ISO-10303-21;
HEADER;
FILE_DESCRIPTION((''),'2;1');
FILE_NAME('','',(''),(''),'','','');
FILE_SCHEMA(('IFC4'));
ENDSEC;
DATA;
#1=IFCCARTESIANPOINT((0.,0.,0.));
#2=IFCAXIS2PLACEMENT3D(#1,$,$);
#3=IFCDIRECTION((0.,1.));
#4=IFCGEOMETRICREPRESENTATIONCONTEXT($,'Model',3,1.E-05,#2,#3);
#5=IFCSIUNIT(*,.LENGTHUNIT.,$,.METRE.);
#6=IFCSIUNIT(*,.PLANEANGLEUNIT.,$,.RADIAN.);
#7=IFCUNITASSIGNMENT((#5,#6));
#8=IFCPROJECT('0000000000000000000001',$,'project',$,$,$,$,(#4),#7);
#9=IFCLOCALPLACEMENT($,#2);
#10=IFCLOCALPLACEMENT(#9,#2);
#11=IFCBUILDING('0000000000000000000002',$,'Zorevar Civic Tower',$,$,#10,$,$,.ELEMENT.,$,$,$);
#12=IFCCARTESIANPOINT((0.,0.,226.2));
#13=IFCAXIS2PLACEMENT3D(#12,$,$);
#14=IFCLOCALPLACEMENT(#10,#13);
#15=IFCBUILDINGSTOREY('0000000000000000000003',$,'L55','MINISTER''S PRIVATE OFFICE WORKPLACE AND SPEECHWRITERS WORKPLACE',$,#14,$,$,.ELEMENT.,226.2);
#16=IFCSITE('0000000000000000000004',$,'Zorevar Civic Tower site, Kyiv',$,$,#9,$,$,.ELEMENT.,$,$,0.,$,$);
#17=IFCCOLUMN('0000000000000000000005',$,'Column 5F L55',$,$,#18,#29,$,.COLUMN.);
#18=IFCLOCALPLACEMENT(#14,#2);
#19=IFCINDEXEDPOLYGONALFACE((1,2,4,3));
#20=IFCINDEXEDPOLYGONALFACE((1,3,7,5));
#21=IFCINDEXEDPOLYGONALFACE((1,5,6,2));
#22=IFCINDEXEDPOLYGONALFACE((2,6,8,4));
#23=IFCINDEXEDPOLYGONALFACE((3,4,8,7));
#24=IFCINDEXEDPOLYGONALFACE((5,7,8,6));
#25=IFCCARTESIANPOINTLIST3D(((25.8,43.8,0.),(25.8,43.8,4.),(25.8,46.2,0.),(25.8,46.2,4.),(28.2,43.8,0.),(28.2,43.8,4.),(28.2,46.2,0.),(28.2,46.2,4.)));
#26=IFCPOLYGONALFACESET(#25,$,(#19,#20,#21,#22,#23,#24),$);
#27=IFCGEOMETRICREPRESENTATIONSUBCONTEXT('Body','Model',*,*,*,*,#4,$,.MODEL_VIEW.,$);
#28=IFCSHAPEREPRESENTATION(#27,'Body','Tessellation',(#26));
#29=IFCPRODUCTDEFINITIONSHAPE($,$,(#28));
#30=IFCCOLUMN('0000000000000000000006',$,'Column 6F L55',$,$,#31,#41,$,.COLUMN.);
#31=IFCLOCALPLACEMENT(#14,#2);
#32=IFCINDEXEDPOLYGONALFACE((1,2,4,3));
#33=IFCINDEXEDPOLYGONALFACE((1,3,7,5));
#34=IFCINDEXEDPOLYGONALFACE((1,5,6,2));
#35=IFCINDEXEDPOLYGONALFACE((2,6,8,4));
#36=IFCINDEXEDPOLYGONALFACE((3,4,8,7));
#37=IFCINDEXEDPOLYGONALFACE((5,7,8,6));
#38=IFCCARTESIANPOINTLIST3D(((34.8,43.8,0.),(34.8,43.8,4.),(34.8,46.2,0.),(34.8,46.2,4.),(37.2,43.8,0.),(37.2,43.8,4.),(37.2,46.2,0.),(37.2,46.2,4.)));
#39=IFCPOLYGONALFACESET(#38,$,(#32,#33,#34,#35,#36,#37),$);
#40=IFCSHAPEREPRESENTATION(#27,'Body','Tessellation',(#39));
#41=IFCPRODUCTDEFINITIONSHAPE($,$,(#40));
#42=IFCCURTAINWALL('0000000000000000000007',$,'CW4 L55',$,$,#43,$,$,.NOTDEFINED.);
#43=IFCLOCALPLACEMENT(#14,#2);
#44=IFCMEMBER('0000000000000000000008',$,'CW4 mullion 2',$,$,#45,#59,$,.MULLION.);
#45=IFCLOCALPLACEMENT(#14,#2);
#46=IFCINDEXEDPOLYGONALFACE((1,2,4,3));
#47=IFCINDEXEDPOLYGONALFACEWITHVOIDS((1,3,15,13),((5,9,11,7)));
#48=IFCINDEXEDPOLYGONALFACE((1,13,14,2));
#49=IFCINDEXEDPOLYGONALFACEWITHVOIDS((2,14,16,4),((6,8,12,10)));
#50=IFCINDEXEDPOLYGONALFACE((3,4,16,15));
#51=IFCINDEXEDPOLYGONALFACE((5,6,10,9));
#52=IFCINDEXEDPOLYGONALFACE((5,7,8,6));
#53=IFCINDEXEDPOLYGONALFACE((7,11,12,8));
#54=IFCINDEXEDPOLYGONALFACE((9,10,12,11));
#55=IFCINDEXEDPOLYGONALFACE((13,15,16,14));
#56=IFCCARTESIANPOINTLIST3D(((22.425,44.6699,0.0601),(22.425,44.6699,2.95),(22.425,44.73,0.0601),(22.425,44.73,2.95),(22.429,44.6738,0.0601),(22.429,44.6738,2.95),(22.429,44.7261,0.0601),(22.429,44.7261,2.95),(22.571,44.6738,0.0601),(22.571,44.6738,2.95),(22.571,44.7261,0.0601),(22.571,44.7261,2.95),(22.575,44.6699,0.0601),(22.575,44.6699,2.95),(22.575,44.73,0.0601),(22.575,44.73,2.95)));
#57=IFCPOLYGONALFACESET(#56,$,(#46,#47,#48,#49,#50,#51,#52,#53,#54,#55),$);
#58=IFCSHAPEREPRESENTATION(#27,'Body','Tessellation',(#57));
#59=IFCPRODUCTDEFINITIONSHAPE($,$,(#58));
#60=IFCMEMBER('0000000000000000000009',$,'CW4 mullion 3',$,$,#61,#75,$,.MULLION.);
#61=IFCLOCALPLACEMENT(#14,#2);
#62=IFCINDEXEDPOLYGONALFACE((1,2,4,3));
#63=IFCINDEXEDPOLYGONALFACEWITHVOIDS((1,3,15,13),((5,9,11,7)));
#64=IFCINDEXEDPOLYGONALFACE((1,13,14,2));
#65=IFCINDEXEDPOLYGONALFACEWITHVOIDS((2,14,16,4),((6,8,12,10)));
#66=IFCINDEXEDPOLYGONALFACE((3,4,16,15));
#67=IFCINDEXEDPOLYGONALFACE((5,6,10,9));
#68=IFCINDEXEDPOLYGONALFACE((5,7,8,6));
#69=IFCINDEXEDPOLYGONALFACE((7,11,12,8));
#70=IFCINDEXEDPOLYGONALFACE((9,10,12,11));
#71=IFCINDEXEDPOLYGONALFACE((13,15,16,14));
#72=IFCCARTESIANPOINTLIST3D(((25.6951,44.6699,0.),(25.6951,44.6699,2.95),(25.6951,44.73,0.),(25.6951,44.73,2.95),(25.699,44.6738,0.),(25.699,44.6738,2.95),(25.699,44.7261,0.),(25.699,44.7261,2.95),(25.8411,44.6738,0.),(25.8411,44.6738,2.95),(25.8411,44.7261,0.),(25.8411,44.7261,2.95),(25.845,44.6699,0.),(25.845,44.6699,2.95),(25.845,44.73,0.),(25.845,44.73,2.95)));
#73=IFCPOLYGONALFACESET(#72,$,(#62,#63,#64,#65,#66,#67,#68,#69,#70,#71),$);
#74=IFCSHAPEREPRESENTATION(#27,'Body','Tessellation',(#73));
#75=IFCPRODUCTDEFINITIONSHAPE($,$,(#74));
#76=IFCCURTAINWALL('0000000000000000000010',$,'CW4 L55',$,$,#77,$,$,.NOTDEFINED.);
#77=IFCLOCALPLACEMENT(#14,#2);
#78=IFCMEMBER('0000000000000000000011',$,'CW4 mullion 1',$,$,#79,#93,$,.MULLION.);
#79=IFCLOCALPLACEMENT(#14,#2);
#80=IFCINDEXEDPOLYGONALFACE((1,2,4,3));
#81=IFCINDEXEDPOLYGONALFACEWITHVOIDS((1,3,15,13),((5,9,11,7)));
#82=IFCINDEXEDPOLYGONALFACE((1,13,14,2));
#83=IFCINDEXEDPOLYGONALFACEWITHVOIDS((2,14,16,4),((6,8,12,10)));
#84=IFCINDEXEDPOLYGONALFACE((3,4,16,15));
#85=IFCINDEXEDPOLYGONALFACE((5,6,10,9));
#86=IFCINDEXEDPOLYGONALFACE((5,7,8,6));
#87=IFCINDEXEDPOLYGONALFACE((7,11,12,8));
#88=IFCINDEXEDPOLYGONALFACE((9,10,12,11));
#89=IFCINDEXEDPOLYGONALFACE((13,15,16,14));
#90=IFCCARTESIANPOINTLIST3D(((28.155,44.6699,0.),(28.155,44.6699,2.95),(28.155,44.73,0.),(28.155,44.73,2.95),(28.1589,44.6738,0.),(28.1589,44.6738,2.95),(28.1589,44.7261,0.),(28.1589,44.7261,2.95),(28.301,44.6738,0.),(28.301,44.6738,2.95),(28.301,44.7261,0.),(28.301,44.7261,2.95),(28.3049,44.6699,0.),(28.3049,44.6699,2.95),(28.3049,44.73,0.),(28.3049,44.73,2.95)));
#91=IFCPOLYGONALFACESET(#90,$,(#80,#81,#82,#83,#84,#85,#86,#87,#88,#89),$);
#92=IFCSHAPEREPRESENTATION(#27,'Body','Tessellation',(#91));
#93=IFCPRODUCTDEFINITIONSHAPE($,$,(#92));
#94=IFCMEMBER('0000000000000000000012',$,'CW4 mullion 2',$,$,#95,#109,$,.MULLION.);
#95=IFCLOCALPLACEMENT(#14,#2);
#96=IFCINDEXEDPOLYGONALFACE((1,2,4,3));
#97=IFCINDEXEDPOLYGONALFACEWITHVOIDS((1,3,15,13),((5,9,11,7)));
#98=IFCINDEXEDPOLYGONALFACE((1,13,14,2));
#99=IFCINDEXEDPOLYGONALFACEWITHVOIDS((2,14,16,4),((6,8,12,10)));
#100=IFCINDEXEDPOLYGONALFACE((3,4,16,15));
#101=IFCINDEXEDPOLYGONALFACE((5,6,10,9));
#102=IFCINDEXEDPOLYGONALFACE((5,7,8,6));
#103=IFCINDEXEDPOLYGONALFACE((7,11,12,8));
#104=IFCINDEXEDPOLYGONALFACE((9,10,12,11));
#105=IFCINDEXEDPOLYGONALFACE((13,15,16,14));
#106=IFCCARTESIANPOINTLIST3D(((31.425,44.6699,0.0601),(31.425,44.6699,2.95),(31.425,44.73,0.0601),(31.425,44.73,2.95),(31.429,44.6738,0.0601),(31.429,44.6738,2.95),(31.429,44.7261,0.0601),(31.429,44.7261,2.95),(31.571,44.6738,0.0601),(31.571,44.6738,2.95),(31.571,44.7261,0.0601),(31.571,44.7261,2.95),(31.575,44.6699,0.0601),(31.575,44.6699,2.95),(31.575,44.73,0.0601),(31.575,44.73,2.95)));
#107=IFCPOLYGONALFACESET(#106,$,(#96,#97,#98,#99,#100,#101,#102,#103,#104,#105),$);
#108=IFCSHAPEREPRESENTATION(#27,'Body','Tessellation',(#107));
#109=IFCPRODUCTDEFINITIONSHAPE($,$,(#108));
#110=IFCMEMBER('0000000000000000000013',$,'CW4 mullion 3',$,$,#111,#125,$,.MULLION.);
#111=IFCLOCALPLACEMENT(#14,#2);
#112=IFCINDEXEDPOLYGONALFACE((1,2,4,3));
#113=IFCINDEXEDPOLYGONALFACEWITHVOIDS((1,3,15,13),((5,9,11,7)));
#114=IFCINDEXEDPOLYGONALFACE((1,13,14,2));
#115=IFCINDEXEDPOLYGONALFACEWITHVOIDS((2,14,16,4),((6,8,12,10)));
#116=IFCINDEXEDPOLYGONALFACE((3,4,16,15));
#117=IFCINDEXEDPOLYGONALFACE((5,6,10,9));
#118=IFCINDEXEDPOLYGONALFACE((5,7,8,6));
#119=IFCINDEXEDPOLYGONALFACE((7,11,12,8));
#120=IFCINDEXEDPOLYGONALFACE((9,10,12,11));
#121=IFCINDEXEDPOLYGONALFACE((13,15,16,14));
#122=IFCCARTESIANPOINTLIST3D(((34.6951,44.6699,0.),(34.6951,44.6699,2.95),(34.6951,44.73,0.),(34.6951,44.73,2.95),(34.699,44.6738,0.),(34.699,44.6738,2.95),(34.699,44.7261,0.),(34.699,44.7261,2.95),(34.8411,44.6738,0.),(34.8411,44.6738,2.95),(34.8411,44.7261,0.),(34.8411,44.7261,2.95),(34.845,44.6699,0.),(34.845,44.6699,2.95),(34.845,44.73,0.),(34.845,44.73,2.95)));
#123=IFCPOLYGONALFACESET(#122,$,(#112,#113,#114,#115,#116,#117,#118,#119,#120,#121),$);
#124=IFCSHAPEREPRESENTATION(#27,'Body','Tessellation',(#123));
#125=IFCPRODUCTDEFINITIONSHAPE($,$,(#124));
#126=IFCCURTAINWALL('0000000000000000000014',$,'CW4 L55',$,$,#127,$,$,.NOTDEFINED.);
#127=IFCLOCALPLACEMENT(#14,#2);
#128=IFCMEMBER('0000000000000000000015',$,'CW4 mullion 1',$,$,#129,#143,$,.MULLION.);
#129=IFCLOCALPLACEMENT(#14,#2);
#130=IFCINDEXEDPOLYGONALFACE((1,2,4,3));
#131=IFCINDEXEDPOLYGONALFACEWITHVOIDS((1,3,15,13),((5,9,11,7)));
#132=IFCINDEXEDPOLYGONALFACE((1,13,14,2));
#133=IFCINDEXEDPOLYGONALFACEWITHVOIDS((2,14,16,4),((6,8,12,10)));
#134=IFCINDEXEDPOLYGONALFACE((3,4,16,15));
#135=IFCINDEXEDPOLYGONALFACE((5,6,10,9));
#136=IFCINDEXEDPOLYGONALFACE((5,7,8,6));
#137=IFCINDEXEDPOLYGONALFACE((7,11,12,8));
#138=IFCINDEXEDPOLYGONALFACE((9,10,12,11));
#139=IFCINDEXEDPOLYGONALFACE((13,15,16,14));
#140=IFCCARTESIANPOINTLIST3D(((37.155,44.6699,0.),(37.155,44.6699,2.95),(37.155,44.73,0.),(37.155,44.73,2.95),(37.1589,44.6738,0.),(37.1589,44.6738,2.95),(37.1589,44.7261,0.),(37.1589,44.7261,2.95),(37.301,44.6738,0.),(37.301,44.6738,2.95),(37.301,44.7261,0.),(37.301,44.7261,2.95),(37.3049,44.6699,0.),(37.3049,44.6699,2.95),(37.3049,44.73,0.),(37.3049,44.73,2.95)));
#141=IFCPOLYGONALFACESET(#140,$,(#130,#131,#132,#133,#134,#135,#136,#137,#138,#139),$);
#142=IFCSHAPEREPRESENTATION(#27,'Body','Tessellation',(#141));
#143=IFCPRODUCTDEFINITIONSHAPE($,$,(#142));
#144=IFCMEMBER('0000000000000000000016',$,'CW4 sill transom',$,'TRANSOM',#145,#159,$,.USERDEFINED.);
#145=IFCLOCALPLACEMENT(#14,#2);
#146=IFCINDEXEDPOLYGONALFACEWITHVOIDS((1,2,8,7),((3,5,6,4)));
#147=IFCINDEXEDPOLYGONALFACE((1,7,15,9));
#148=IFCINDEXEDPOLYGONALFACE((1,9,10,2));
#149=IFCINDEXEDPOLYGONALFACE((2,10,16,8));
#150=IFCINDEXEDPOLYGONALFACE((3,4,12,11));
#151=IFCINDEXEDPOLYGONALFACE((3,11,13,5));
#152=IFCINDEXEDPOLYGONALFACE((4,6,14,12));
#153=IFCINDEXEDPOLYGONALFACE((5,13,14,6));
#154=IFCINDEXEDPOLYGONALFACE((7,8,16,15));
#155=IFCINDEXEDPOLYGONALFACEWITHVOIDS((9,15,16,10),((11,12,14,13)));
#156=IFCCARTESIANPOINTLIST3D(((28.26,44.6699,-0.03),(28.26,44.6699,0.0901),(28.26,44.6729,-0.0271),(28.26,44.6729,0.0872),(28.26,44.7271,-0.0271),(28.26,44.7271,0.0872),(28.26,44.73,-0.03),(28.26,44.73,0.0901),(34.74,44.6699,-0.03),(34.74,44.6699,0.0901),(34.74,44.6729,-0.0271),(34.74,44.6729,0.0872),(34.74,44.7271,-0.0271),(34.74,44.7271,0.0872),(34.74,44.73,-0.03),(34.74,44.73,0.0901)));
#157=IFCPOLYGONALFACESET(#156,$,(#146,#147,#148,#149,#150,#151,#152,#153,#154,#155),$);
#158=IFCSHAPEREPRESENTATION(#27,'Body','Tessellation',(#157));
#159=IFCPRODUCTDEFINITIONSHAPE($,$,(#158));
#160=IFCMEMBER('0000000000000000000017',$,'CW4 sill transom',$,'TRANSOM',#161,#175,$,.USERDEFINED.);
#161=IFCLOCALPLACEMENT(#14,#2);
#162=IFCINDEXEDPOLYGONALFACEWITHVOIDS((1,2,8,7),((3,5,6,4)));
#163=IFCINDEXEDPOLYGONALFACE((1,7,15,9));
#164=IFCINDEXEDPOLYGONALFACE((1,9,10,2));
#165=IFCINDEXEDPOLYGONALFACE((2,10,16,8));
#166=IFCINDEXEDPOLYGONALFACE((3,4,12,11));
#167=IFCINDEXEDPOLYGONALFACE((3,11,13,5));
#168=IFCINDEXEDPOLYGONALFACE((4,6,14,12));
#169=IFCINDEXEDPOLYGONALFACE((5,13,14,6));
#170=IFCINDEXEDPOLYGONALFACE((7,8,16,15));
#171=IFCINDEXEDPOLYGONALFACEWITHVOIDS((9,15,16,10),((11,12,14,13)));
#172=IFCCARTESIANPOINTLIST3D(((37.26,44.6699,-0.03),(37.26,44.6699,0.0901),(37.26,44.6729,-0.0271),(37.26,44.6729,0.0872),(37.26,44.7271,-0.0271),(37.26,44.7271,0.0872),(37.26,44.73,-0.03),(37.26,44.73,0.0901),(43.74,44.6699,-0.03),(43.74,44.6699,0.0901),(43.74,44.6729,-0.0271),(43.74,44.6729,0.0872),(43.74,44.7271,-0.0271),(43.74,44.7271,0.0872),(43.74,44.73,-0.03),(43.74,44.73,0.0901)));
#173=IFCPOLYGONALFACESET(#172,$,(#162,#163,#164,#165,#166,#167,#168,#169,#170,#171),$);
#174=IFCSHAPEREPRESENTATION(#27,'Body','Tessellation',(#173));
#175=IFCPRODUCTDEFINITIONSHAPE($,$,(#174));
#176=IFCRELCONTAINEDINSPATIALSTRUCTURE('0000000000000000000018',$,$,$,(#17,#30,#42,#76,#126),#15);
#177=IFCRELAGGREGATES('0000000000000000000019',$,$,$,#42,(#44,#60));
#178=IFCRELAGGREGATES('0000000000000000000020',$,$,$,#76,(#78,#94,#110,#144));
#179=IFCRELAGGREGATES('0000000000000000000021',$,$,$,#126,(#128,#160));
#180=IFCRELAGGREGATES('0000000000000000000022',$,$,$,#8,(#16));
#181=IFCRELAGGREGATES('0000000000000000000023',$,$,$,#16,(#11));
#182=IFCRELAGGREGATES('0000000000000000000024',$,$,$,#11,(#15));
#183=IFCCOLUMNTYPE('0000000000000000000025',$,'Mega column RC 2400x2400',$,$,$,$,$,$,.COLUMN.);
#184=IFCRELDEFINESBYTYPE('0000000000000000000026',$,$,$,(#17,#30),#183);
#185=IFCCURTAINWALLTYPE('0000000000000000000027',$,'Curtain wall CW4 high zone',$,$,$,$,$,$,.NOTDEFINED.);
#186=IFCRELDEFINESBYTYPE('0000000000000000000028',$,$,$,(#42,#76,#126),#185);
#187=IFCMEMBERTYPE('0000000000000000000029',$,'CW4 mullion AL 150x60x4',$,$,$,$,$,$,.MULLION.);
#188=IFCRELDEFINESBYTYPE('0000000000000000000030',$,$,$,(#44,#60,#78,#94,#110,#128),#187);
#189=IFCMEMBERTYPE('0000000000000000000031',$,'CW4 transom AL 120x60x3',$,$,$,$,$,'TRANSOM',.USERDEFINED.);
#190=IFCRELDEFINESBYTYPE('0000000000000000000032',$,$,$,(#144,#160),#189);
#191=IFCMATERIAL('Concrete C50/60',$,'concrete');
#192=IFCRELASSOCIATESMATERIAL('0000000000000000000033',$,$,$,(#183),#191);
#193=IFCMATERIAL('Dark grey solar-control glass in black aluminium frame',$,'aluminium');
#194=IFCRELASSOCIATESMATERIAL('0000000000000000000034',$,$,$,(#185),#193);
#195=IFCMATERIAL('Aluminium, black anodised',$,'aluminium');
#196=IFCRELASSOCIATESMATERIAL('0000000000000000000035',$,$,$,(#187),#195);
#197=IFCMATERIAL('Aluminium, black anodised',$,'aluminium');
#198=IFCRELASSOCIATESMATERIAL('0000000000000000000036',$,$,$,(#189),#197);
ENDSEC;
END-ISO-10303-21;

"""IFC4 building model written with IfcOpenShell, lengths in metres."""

from ifc_helpers import new_model, si_unit, direction, frame, origin, origin_2d, place, context, subcontext, project, spatial, rectangle, hollow_rectangle, extrude, material, material_profile, profile_set, type_object, element, aggregate, save


model = new_model("IFC4")

# Units and contexts
model_context = context("Model", 3, precision=1e-05, world=origin(), true_north=direction((0.0, 1.0)))
body_context = subcontext(model_context, "Body", "Model", "MODEL_VIEW")
ifc_project = project(units=[si_unit("LENGTHUNIT", "METRE"), si_unit("PLANEANGLEUNIT", "RADIAN")], contexts=[model_context])

# Site, building, storey
site_placement = place(None, origin())
site = spatial("IfcSite", under=ifc_project, at=site_placement, Name="Zorevar Civic Tower site, Kyiv", CompositionType="ELEMENT", RefElevation=0.0)
building_placement = place(site_placement, origin())
building = spatial("IfcBuilding", under=site, at=building_placement, Name="Zorevar Civic Tower", CompositionType="ELEMENT")
storey_placement = place(building_placement, frame((0.0, 0.0, 226.2)))
storey = spatial("IfcBuildingStorey", under=building, at=storey_placement, Name="L55", Description="MINISTER'S PRIVATE OFFICE WORKPLACE AND SPEECHWRITERS WORKPLACE", CompositionType="ELEMENT", Elevation=226.2)

# Columns
ifc_material_1 = material(Name="Concrete C50/60", Category="concrete")
ifc_material_profile_1 = material_profile(ifc_material_1, rectangle(XDim=2.3999, YDim=2.3999, at=origin_2d()), Name="RC 2400x2400")
ifc_profile_set_1 = profile_set([ifc_material_profile_1], Name="Concrete C50/60")
column_type = type_object("IfcColumnType", Name="Mega column RC 2400x2400", PredefinedType="COLUMN", material=ifc_profile_set_1)
for number, where, z_axis, x_axis, name in (
    (1, (27.0, 45.0, 0.0), (0.0, 0.0, 1.0), (1.0, 0.0, 0.0), "Column 5F L55"),
    (2, (36.0, 45.0, 0.0), (0.0, 0.0, 1.0), (1.0, 0.0, 0.0), "Column 6F L55"),
):
    element("IfcColumn", number, at=place(storey_placement, frame(where, z_axis=z_axis, x_axis=x_axis)), inside=storey, type_object=column_type, Name=name, PredefinedType="COLUMN", context=body_context, shape_type="SweptSolid", body=[
        extrude(rectangle(XDim=2.3999, YDim=2.3999, at=origin_2d()), origin(), (0.0, 0.0, 1.0), 4.0),
    ])

# Curtain walls, members
ifc_material_2 = material(Name="Dark grey solar-control glass in black aluminium frame", Category="aluminium")
curtain_wall_type = type_object("IfcCurtainWallType", Name="Curtain wall CW4 high zone", PredefinedType="NOTDEFINED", material=ifc_material_2)
curtain_wall_1_placement = place(storey_placement, origin())
curtain_wall_1 = element("IfcCurtainWall", 3, at=curtain_wall_1_placement, inside=storey, type_object=curtain_wall_type, Name="CW4 L55", PredefinedType="NOTDEFINED")
ifc_material_3 = material(Name="Aluminium, black anodised", Category="aluminium")
ifc_material_profile_2 = material_profile(ifc_material_3, hollow_rectangle(XDim=0.0601, YDim=0.1499, WallThickness=0.0039, at=origin_2d()), Name="AL 150x60x4")
ifc_profile_set_2 = profile_set([ifc_material_profile_2], Name="Aluminium, black anodised")
member_type_1 = type_object("IfcMemberType", Name="CW4 mullion AL 150x60x4", PredefinedType="MULLION", material=ifc_profile_set_2)
member_1_placement = place(storey_placement, frame((22.5, 44.7, 0.0601), z_axis=(0.0, 0.0, 1.0), x_axis=(0.0, 1.0, 0.0)))
member_1 = element("IfcMember", 4, at=member_1_placement, type_object=member_type_1, Name="CW4 mullion 2", PredefinedType="MULLION", context=body_context, shape_type="SweptSolid", body=[
    extrude(hollow_rectangle(XDim=0.0601, YDim=0.1499, WallThickness=0.0039, at=origin_2d()), origin(), (0.0, 0.0, 1.0), 2.8899),
])
member_2_placement = place(storey_placement, frame((25.77, 44.7, 0.0), z_axis=(0.0, 0.0, 1.0), x_axis=(0.0, 1.0, 0.0)))
member_2 = element("IfcMember", 5, at=member_2_placement, type_object=member_type_1, Name="CW4 mullion 3", PredefinedType="MULLION", context=body_context, shape_type="SweptSolid", body=[
    extrude(hollow_rectangle(XDim=0.0601, YDim=0.1499, WallThickness=0.0039, at=origin_2d()), origin(), (0.0, 0.0, 1.0), 2.95),
])
curtain_wall_2_placement = place(storey_placement, origin())
curtain_wall_2 = element("IfcCurtainWall", 6, at=curtain_wall_2_placement, inside=storey, type_object=curtain_wall_type, Name="CW4 L55", PredefinedType="NOTDEFINED")
member_3_placement = place(storey_placement, frame((28.23, 44.7, 0.0), z_axis=(0.0, 0.0, 1.0), x_axis=(0.0, 1.0, 0.0)))
member_3 = element("IfcMember", 7, at=member_3_placement, type_object=member_type_1, Name="CW4 mullion 1", PredefinedType="MULLION", context=body_context, shape_type="SweptSolid", body=[
    extrude(hollow_rectangle(XDim=0.0601, YDim=0.1499, WallThickness=0.0039, at=origin_2d()), origin(), (0.0, 0.0, 1.0), 2.95),
])
member_4_placement = place(storey_placement, frame((31.5, 44.7, 0.0601), z_axis=(0.0, 0.0, 1.0), x_axis=(0.0, 1.0, 0.0)))
member_4 = element("IfcMember", 8, at=member_4_placement, type_object=member_type_1, Name="CW4 mullion 2", PredefinedType="MULLION", context=body_context, shape_type="SweptSolid", body=[
    extrude(hollow_rectangle(XDim=0.0601, YDim=0.1499, WallThickness=0.0039, at=origin_2d()), origin(), (0.0, 0.0, 1.0), 2.8899),
])
member_5_placement = place(storey_placement, frame((34.77, 44.7, 0.0), z_axis=(0.0, 0.0, 1.0), x_axis=(0.0, 1.0, 0.0)))
member_5 = element("IfcMember", 9, at=member_5_placement, type_object=member_type_1, Name="CW4 mullion 3", PredefinedType="MULLION", context=body_context, shape_type="SweptSolid", body=[
    extrude(hollow_rectangle(XDim=0.0601, YDim=0.1499, WallThickness=0.0039, at=origin_2d()), origin(), (0.0, 0.0, 1.0), 2.95),
])

# Curtain wall, member
curtain_wall_3_placement = place(storey_placement, origin())
curtain_wall_3 = element("IfcCurtainWall", 10, at=curtain_wall_3_placement, inside=storey, type_object=curtain_wall_type, Name="CW4 L55", PredefinedType="NOTDEFINED")
member_6_placement = place(storey_placement, frame((37.23, 44.7, 0.0), z_axis=(0.0, 0.0, 1.0), x_axis=(0.0, 1.0, 0.0)))
member_6 = element("IfcMember", 11, at=member_6_placement, type_object=member_type_1, Name="CW4 mullion 1", PredefinedType="MULLION", context=body_context, shape_type="SweptSolid", body=[
    extrude(hollow_rectangle(XDim=0.0601, YDim=0.1499, WallThickness=0.0039, at=origin_2d()), origin(), (0.0, 0.0, 1.0), 2.95),
])

# Members
ifc_material_4 = material(Name="Aluminium, black anodised", Category="aluminium")
ifc_material_profile_3 = material_profile(ifc_material_4, hollow_rectangle(XDim=0.0601, YDim=0.1201, WallThickness=0.0029, at=origin_2d()), Name="AL 120x60x3")
ifc_profile_set_3 = profile_set([ifc_material_profile_3], Name="Aluminium, black anodised")
member_type_2 = type_object("IfcMemberType", Name="CW4 transom AL 120x60x3", ElementType="TRANSOM", PredefinedType="USERDEFINED", material=ifc_profile_set_3)
member_7_placement = place(storey_placement, frame((28.26, 44.7, 0.03), z_axis=(1.0, 0.0, 0.0), x_axis=(0.0, 1.0, 0.0)))
member_7 = element("IfcMember", 12, at=member_7_placement, type_object=member_type_2, Name="CW4 sill transom", ObjectType="TRANSOM", PredefinedType="USERDEFINED", context=body_context, shape_type="SweptSolid", body=[
    extrude(hollow_rectangle(XDim=0.0601, YDim=0.1201, WallThickness=0.0029, at=origin_2d()), origin(), (0.0, 0.0, 1.0), 6.48),
])
member_8_placement = place(storey_placement, frame((37.26, 44.7, 0.03), z_axis=(1.0, 0.0, 0.0), x_axis=(0.0, 1.0, 0.0)))
member_8 = element("IfcMember", 13, at=member_8_placement, type_object=member_type_2, Name="CW4 sill transom", ObjectType="TRANSOM", PredefinedType="USERDEFINED", context=body_context, shape_type="SweptSolid", body=[
    extrude(hollow_rectangle(XDim=0.0601, YDim=0.1201, WallThickness=0.0029, at=origin_2d()), origin(), (0.0, 0.0, 1.0), 6.48),
])

aggregate(curtain_wall_1, [member_1, member_2])
aggregate(curtain_wall_2, [member_3, member_4, member_5, member_7])
aggregate(curtain_wall_3, [member_6, member_8])

save(model, "model.ifc")
